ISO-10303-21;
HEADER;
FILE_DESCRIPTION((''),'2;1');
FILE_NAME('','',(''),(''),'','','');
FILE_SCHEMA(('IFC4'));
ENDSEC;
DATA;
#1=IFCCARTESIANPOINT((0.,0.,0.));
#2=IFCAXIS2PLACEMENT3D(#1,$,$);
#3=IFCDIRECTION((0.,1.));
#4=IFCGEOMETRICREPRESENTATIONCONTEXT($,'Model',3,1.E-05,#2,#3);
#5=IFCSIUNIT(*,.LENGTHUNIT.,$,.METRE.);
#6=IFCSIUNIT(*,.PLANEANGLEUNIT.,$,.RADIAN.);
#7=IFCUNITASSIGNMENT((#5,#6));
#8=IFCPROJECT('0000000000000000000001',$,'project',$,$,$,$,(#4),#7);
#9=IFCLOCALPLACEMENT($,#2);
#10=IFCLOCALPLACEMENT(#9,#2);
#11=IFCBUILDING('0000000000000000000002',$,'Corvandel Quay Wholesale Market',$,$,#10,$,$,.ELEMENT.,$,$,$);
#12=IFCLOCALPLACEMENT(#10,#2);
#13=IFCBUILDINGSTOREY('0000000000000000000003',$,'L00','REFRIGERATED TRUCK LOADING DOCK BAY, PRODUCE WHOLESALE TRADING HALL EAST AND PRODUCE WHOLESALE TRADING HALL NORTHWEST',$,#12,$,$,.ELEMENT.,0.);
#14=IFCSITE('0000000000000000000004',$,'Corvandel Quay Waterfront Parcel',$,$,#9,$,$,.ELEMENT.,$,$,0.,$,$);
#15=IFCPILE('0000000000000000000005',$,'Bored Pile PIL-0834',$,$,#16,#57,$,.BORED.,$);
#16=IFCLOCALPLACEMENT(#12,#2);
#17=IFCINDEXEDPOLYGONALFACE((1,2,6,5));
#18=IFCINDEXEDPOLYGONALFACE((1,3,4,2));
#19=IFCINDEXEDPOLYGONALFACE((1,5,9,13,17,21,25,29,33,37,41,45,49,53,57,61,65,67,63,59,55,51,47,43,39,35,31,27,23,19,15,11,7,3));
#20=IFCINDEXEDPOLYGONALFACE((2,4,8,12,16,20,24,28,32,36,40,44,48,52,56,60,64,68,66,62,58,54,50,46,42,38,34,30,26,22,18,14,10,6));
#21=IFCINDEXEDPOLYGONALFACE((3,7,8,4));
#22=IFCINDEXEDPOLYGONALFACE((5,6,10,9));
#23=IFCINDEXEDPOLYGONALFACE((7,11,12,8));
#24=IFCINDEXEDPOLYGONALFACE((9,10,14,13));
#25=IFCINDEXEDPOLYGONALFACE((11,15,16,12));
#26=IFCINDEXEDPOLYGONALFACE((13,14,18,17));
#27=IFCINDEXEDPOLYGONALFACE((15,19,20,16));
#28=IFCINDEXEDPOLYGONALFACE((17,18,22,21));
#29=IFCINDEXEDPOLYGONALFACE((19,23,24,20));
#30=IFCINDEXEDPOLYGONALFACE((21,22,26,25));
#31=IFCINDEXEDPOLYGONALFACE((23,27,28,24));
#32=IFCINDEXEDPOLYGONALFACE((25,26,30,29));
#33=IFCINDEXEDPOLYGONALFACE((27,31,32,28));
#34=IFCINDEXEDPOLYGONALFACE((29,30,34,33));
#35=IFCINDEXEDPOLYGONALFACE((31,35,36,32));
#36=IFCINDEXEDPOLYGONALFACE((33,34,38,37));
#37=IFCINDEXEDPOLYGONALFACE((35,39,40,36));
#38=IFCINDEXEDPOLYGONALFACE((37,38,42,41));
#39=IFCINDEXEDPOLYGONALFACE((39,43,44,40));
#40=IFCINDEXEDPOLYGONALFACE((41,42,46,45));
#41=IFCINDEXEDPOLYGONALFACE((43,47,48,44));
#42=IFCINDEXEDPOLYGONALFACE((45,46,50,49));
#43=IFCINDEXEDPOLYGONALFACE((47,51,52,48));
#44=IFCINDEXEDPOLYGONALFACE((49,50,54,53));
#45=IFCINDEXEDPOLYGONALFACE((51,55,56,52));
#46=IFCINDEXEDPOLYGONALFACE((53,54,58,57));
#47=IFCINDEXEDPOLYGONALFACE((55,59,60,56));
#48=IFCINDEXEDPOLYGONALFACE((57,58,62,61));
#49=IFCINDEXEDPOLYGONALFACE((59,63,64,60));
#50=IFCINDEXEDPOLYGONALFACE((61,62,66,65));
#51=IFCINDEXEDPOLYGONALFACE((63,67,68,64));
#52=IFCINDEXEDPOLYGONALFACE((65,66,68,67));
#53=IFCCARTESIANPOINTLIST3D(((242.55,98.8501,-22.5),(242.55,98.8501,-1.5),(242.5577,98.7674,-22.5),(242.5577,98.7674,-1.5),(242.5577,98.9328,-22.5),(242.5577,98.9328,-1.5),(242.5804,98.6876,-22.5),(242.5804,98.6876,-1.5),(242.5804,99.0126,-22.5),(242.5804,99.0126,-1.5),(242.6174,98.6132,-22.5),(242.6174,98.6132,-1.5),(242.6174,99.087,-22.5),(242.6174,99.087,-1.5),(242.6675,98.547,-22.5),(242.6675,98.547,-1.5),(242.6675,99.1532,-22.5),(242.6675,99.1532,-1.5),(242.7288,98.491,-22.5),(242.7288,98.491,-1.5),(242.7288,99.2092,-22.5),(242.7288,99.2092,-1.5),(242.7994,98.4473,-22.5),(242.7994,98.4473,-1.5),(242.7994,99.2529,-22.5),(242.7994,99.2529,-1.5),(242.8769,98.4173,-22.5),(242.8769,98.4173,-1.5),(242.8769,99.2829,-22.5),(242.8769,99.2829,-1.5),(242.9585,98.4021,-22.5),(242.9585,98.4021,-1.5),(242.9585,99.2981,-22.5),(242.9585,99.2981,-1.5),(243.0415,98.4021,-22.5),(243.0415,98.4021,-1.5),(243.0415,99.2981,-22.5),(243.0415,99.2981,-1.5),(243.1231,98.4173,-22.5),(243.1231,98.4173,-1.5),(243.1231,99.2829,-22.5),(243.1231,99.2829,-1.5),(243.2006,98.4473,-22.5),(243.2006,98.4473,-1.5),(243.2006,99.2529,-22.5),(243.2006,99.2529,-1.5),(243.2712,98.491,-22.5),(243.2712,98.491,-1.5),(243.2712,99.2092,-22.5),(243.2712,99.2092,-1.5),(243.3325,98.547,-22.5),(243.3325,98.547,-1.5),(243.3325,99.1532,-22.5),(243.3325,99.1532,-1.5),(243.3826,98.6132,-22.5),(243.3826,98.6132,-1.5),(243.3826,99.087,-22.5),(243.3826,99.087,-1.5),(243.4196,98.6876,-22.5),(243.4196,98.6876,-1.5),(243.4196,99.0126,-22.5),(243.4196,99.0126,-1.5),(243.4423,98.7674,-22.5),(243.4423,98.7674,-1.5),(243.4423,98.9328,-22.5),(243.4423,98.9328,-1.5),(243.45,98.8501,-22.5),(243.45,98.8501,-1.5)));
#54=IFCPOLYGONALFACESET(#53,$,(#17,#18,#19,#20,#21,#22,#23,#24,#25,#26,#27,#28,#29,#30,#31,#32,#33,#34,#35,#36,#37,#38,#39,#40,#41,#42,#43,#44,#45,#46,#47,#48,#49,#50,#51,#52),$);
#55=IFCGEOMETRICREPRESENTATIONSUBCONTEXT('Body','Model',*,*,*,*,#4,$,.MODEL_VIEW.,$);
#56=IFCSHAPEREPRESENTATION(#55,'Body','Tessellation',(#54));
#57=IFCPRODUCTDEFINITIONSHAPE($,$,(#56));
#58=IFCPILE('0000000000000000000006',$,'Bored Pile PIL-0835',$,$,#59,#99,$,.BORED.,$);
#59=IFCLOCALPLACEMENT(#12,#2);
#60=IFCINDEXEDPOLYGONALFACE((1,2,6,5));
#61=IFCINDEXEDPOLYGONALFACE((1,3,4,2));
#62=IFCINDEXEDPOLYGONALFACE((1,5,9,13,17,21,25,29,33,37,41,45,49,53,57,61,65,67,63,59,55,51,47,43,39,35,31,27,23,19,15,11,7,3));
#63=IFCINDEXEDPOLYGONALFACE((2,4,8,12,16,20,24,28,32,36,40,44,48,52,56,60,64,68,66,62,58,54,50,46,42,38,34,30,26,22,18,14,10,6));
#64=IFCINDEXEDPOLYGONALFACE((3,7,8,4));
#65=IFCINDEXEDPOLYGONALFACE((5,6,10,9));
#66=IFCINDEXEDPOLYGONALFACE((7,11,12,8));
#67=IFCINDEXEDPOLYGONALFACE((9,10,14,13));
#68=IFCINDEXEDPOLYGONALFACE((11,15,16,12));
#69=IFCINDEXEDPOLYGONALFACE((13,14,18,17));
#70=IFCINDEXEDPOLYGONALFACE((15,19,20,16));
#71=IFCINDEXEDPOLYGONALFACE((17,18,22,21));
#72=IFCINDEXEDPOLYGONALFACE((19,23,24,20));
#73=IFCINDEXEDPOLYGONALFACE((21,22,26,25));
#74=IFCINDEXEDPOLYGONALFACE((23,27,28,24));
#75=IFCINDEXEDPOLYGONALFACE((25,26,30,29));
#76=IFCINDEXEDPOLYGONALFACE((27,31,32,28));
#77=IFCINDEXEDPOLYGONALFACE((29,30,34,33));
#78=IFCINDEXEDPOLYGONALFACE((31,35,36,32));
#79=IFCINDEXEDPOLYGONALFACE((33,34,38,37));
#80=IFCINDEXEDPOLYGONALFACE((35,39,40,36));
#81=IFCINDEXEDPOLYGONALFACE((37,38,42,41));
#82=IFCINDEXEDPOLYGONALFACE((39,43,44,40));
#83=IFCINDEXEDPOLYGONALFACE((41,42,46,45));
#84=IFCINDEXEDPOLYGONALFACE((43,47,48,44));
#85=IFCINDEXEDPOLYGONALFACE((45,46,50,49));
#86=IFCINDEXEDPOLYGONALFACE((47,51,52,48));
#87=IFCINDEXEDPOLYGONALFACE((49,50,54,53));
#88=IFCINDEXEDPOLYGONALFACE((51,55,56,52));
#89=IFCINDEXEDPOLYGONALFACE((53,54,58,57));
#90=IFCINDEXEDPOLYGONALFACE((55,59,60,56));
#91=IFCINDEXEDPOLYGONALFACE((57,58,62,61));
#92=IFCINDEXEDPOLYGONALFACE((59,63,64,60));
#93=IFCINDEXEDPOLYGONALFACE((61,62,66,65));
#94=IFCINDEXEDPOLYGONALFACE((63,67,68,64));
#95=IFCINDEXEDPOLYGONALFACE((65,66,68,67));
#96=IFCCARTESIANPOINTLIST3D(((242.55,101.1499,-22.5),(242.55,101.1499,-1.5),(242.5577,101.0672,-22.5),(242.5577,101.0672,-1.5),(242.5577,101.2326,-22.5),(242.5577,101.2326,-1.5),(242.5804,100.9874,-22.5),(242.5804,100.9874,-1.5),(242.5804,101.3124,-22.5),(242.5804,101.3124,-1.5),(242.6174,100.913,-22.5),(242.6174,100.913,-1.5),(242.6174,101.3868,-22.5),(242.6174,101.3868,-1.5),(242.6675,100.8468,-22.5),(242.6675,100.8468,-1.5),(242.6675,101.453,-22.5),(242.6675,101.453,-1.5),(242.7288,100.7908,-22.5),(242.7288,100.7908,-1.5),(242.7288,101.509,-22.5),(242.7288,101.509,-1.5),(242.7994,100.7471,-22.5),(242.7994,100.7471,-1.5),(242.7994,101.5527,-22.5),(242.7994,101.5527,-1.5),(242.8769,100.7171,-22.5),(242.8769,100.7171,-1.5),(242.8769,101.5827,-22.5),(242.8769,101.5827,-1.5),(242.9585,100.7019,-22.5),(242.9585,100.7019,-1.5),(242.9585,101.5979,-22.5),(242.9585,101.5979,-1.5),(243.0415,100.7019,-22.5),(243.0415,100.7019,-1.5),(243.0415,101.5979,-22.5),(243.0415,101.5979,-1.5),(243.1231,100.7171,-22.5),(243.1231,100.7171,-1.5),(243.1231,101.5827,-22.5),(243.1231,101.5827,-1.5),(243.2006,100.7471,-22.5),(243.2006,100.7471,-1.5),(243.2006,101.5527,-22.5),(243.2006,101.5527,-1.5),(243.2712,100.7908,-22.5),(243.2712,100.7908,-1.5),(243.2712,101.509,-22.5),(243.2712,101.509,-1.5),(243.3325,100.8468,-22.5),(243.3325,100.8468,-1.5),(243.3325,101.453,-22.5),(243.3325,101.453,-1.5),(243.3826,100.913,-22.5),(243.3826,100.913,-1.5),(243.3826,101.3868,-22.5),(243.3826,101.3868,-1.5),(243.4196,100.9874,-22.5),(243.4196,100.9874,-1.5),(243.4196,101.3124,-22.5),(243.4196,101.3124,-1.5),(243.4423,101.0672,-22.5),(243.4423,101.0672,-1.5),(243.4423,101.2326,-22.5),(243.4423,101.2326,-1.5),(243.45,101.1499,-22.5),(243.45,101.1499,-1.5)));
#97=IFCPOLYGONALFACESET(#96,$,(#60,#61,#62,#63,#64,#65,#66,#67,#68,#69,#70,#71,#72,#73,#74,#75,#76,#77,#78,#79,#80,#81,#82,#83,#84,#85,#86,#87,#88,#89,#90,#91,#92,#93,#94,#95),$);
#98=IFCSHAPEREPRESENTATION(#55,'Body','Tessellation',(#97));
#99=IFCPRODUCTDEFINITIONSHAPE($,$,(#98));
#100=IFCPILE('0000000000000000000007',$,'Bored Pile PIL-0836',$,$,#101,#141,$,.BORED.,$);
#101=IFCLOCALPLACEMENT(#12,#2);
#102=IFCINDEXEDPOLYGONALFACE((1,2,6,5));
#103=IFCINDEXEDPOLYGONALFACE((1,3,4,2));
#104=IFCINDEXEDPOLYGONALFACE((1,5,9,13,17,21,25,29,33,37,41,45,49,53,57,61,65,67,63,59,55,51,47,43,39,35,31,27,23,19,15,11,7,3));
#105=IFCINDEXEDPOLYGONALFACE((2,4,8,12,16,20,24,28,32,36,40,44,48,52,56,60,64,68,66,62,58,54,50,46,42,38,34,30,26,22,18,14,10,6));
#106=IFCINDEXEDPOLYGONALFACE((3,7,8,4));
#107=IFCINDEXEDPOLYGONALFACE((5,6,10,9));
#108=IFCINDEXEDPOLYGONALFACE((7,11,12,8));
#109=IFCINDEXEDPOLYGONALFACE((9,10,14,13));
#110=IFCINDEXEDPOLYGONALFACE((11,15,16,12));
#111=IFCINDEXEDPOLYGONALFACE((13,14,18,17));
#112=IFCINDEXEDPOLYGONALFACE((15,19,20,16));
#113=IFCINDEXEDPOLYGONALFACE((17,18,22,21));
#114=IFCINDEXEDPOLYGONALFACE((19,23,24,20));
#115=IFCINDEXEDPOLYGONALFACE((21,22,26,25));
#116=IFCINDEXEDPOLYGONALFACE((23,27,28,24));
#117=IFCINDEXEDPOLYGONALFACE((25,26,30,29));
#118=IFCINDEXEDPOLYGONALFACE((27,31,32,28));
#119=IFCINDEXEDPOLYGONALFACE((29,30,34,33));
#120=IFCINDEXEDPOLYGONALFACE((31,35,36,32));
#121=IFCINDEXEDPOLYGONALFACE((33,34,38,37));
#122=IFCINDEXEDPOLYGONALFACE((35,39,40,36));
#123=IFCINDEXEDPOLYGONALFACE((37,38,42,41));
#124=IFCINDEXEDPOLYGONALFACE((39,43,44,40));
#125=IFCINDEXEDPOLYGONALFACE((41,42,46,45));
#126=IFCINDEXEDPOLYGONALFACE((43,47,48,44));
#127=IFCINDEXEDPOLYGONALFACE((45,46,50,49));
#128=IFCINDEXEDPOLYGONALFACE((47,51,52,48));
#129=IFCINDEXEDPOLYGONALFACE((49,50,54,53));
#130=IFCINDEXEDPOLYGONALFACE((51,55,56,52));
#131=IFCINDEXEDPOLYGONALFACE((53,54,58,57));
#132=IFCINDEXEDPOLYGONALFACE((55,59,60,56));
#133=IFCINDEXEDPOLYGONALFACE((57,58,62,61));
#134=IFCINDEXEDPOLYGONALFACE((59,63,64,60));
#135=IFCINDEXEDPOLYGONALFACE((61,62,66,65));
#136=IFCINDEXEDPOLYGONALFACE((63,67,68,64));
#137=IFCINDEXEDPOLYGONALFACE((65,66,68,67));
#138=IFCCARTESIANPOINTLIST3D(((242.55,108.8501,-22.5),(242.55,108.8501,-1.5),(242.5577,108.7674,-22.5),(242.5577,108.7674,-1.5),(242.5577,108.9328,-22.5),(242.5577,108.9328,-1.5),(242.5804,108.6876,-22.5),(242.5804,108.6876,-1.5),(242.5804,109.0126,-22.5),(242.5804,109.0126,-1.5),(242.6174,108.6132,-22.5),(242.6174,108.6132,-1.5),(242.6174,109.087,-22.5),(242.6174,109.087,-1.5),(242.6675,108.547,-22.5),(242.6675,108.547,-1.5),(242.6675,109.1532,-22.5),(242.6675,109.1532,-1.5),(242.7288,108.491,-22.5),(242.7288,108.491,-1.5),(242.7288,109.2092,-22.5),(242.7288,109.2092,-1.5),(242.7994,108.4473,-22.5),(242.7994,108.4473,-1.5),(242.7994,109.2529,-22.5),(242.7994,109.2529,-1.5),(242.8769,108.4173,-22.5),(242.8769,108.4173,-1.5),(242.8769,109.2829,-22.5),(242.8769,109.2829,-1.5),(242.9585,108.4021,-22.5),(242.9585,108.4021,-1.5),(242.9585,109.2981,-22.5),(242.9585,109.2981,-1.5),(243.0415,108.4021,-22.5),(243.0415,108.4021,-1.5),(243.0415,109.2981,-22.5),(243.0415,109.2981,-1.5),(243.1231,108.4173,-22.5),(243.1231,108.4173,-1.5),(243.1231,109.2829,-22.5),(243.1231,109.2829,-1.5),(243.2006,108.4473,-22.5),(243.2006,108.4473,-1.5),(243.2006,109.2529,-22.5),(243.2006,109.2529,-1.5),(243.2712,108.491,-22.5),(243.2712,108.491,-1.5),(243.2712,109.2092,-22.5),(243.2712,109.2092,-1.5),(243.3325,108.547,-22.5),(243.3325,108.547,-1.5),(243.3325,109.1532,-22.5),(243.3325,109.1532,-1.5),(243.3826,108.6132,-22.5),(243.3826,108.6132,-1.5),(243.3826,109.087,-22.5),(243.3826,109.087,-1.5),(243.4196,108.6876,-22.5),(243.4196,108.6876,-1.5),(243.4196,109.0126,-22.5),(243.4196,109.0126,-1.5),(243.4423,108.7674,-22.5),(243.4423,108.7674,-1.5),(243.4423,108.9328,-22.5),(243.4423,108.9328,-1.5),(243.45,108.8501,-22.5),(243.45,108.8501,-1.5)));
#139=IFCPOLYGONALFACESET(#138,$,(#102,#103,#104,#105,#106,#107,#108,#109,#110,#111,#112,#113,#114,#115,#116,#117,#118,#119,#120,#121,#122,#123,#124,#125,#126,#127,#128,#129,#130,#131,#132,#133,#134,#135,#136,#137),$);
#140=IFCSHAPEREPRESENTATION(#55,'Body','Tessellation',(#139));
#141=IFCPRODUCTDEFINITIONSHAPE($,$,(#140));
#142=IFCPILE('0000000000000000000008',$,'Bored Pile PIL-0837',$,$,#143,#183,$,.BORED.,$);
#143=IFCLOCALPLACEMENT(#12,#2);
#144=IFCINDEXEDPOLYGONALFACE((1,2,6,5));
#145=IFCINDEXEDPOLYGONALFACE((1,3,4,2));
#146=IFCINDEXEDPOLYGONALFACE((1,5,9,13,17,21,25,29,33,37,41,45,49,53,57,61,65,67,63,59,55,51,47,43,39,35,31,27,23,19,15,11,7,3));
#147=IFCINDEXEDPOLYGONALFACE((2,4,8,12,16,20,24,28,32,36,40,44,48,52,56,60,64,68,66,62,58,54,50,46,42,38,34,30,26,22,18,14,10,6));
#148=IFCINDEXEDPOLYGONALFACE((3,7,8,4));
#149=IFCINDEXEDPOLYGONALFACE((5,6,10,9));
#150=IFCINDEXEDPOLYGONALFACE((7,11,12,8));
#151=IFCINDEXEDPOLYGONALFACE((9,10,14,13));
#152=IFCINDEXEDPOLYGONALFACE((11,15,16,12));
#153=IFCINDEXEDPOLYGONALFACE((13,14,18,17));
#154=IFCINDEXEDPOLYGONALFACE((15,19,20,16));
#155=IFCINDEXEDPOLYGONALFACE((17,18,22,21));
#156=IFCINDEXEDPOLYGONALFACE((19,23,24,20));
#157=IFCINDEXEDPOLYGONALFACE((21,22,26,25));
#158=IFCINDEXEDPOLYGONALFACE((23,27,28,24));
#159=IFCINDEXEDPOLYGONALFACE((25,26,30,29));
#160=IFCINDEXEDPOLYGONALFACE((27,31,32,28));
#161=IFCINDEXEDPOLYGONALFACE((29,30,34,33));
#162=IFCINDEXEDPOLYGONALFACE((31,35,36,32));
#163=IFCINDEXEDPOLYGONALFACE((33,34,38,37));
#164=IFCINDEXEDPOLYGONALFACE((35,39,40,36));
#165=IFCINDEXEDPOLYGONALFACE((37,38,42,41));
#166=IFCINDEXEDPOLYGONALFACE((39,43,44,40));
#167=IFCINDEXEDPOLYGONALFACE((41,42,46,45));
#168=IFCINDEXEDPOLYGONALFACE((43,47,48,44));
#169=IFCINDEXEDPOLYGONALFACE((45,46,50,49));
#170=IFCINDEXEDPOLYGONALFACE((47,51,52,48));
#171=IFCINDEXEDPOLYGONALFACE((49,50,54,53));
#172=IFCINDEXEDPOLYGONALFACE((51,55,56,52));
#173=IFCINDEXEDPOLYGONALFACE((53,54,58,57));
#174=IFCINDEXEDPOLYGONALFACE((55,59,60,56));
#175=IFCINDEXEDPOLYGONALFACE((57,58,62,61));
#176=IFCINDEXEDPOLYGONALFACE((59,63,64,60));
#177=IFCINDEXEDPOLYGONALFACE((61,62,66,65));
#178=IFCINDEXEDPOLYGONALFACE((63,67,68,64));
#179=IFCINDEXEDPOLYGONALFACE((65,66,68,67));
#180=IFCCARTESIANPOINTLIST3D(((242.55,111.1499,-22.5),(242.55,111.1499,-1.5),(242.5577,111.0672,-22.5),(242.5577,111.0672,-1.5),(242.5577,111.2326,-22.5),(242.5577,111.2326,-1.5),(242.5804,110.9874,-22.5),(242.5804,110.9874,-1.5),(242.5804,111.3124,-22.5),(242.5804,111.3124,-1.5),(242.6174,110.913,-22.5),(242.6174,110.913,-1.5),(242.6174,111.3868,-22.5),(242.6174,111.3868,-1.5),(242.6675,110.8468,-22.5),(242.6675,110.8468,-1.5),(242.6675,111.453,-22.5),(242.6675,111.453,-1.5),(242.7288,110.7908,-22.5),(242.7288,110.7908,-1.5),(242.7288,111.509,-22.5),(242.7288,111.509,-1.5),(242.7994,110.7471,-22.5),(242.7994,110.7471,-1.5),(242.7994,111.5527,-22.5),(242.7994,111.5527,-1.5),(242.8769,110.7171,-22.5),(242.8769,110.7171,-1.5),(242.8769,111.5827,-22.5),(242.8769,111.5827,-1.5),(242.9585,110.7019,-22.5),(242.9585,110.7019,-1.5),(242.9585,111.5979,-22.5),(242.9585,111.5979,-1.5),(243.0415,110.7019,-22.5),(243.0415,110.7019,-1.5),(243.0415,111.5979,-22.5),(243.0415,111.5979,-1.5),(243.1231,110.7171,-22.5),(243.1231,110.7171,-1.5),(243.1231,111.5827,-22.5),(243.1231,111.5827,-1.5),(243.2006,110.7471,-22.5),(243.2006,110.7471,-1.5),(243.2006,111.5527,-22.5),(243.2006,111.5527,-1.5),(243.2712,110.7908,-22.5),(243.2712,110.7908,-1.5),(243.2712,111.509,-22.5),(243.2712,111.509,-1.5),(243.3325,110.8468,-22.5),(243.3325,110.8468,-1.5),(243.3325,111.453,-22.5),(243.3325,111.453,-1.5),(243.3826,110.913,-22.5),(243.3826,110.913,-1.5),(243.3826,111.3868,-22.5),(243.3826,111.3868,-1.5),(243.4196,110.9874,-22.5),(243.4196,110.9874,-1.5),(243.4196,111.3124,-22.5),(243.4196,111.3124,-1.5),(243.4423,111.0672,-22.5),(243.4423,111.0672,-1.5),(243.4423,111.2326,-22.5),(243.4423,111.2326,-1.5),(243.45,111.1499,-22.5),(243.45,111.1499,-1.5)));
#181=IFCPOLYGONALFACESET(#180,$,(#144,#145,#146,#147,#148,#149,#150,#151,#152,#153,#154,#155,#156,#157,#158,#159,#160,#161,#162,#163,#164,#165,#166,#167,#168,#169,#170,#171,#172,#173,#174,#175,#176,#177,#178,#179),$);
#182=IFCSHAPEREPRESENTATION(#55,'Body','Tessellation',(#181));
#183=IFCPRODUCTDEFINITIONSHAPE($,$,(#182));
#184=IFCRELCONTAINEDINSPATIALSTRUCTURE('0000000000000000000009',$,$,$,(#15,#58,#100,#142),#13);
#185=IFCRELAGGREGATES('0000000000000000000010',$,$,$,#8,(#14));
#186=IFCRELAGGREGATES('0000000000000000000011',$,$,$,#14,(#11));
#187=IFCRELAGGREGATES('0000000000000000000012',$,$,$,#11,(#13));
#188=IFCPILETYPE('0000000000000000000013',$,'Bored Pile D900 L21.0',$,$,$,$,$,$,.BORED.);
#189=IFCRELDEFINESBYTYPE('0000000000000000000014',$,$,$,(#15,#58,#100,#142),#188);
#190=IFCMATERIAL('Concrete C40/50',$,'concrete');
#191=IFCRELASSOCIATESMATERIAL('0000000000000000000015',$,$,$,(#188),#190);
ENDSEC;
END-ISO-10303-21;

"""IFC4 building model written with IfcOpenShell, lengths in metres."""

from ifc_helpers import new_model, si_unit, direction, frame, origin, origin_2d, place, context, subcontext, project, spatial, circle, extrude, material, material_profile, profile_set, type_object, element, save


model = new_model("IFC4")

# Units and contexts
model_context = context("Model", 3, precision=1e-05, world=origin(), true_north=direction((0.0, 1.0)))
body_context = subcontext(model_context, "Body", "Model", "MODEL_VIEW")
ifc_project = project(units=[si_unit("LENGTHUNIT", "METRE"), si_unit("PLANEANGLEUNIT", "RADIAN")], contexts=[model_context])

# Site, building, storey
site_placement = place(None, origin())
site = spatial("IfcSite", under=ifc_project, at=site_placement, Name="Corvandel Quay Waterfront Parcel", CompositionType="ELEMENT", RefElevation=0.0)
building_placement = place(site_placement, origin())
building = spatial("IfcBuilding", under=site, at=building_placement, Name="Corvandel Quay Wholesale Market", CompositionType="ELEMENT")
storey_placement = place(building_placement, origin())
storey = spatial("IfcBuildingStorey", under=building, at=storey_placement, Name="L00", Description="REFRIGERATED TRUCK LOADING DOCK BAY, PRODUCE WHOLESALE TRADING HALL EAST AND PRODUCE WHOLESALE TRADING HALL NORTHWEST", CompositionType="ELEMENT", Elevation=0.0)

# Piles
ifc_material_1 = material(Name="Concrete C40/50", Category="concrete")
ifc_material_profile_1 = material_profile(ifc_material_1, circle(Radius=0.45, at=origin_2d()), Name="RC-PILE-D900")
ifc_profile_set_1 = profile_set([ifc_material_profile_1], Name="Concrete C40/50")
pile_type = type_object("IfcPileType", Name="Bored Pile D900 L21.0", PredefinedType="BORED", material=ifc_profile_set_1)
for number, where, z_axis, x_axis, name in (
    (1, (243.0, 98.8501, -1.5), (0.0, 0.0, -1.0), (1.0, 0.0, 0.0), "Bored Pile PIL-0834"),
    (2, (243.0, 101.1499, -1.5), (0.0, 0.0, -1.0), (1.0, 0.0, 0.0), "Bored Pile PIL-0835"),
    (3, (243.0, 108.8501, -1.5), (0.0, 0.0, -1.0), (1.0, 0.0, 0.0), "Bored Pile PIL-0836"),
    (4, (243.0, 111.1499, -1.5), (0.0, 0.0, -1.0), (1.0, 0.0, 0.0), "Bored Pile PIL-0837"),
):
    element("IfcPile", number, at=place(storey_placement, frame(where, z_axis=z_axis, x_axis=x_axis)), inside=storey, type_object=pile_type, Name=name, PredefinedType="BORED", context=body_context, shape_type="SweptSolid", body=[
        extrude(circle(Radius=0.45, at=origin_2d()), origin(), (0.0, 0.0, 1.0), 21.0),
    ])

save(model, "model.ifc")
